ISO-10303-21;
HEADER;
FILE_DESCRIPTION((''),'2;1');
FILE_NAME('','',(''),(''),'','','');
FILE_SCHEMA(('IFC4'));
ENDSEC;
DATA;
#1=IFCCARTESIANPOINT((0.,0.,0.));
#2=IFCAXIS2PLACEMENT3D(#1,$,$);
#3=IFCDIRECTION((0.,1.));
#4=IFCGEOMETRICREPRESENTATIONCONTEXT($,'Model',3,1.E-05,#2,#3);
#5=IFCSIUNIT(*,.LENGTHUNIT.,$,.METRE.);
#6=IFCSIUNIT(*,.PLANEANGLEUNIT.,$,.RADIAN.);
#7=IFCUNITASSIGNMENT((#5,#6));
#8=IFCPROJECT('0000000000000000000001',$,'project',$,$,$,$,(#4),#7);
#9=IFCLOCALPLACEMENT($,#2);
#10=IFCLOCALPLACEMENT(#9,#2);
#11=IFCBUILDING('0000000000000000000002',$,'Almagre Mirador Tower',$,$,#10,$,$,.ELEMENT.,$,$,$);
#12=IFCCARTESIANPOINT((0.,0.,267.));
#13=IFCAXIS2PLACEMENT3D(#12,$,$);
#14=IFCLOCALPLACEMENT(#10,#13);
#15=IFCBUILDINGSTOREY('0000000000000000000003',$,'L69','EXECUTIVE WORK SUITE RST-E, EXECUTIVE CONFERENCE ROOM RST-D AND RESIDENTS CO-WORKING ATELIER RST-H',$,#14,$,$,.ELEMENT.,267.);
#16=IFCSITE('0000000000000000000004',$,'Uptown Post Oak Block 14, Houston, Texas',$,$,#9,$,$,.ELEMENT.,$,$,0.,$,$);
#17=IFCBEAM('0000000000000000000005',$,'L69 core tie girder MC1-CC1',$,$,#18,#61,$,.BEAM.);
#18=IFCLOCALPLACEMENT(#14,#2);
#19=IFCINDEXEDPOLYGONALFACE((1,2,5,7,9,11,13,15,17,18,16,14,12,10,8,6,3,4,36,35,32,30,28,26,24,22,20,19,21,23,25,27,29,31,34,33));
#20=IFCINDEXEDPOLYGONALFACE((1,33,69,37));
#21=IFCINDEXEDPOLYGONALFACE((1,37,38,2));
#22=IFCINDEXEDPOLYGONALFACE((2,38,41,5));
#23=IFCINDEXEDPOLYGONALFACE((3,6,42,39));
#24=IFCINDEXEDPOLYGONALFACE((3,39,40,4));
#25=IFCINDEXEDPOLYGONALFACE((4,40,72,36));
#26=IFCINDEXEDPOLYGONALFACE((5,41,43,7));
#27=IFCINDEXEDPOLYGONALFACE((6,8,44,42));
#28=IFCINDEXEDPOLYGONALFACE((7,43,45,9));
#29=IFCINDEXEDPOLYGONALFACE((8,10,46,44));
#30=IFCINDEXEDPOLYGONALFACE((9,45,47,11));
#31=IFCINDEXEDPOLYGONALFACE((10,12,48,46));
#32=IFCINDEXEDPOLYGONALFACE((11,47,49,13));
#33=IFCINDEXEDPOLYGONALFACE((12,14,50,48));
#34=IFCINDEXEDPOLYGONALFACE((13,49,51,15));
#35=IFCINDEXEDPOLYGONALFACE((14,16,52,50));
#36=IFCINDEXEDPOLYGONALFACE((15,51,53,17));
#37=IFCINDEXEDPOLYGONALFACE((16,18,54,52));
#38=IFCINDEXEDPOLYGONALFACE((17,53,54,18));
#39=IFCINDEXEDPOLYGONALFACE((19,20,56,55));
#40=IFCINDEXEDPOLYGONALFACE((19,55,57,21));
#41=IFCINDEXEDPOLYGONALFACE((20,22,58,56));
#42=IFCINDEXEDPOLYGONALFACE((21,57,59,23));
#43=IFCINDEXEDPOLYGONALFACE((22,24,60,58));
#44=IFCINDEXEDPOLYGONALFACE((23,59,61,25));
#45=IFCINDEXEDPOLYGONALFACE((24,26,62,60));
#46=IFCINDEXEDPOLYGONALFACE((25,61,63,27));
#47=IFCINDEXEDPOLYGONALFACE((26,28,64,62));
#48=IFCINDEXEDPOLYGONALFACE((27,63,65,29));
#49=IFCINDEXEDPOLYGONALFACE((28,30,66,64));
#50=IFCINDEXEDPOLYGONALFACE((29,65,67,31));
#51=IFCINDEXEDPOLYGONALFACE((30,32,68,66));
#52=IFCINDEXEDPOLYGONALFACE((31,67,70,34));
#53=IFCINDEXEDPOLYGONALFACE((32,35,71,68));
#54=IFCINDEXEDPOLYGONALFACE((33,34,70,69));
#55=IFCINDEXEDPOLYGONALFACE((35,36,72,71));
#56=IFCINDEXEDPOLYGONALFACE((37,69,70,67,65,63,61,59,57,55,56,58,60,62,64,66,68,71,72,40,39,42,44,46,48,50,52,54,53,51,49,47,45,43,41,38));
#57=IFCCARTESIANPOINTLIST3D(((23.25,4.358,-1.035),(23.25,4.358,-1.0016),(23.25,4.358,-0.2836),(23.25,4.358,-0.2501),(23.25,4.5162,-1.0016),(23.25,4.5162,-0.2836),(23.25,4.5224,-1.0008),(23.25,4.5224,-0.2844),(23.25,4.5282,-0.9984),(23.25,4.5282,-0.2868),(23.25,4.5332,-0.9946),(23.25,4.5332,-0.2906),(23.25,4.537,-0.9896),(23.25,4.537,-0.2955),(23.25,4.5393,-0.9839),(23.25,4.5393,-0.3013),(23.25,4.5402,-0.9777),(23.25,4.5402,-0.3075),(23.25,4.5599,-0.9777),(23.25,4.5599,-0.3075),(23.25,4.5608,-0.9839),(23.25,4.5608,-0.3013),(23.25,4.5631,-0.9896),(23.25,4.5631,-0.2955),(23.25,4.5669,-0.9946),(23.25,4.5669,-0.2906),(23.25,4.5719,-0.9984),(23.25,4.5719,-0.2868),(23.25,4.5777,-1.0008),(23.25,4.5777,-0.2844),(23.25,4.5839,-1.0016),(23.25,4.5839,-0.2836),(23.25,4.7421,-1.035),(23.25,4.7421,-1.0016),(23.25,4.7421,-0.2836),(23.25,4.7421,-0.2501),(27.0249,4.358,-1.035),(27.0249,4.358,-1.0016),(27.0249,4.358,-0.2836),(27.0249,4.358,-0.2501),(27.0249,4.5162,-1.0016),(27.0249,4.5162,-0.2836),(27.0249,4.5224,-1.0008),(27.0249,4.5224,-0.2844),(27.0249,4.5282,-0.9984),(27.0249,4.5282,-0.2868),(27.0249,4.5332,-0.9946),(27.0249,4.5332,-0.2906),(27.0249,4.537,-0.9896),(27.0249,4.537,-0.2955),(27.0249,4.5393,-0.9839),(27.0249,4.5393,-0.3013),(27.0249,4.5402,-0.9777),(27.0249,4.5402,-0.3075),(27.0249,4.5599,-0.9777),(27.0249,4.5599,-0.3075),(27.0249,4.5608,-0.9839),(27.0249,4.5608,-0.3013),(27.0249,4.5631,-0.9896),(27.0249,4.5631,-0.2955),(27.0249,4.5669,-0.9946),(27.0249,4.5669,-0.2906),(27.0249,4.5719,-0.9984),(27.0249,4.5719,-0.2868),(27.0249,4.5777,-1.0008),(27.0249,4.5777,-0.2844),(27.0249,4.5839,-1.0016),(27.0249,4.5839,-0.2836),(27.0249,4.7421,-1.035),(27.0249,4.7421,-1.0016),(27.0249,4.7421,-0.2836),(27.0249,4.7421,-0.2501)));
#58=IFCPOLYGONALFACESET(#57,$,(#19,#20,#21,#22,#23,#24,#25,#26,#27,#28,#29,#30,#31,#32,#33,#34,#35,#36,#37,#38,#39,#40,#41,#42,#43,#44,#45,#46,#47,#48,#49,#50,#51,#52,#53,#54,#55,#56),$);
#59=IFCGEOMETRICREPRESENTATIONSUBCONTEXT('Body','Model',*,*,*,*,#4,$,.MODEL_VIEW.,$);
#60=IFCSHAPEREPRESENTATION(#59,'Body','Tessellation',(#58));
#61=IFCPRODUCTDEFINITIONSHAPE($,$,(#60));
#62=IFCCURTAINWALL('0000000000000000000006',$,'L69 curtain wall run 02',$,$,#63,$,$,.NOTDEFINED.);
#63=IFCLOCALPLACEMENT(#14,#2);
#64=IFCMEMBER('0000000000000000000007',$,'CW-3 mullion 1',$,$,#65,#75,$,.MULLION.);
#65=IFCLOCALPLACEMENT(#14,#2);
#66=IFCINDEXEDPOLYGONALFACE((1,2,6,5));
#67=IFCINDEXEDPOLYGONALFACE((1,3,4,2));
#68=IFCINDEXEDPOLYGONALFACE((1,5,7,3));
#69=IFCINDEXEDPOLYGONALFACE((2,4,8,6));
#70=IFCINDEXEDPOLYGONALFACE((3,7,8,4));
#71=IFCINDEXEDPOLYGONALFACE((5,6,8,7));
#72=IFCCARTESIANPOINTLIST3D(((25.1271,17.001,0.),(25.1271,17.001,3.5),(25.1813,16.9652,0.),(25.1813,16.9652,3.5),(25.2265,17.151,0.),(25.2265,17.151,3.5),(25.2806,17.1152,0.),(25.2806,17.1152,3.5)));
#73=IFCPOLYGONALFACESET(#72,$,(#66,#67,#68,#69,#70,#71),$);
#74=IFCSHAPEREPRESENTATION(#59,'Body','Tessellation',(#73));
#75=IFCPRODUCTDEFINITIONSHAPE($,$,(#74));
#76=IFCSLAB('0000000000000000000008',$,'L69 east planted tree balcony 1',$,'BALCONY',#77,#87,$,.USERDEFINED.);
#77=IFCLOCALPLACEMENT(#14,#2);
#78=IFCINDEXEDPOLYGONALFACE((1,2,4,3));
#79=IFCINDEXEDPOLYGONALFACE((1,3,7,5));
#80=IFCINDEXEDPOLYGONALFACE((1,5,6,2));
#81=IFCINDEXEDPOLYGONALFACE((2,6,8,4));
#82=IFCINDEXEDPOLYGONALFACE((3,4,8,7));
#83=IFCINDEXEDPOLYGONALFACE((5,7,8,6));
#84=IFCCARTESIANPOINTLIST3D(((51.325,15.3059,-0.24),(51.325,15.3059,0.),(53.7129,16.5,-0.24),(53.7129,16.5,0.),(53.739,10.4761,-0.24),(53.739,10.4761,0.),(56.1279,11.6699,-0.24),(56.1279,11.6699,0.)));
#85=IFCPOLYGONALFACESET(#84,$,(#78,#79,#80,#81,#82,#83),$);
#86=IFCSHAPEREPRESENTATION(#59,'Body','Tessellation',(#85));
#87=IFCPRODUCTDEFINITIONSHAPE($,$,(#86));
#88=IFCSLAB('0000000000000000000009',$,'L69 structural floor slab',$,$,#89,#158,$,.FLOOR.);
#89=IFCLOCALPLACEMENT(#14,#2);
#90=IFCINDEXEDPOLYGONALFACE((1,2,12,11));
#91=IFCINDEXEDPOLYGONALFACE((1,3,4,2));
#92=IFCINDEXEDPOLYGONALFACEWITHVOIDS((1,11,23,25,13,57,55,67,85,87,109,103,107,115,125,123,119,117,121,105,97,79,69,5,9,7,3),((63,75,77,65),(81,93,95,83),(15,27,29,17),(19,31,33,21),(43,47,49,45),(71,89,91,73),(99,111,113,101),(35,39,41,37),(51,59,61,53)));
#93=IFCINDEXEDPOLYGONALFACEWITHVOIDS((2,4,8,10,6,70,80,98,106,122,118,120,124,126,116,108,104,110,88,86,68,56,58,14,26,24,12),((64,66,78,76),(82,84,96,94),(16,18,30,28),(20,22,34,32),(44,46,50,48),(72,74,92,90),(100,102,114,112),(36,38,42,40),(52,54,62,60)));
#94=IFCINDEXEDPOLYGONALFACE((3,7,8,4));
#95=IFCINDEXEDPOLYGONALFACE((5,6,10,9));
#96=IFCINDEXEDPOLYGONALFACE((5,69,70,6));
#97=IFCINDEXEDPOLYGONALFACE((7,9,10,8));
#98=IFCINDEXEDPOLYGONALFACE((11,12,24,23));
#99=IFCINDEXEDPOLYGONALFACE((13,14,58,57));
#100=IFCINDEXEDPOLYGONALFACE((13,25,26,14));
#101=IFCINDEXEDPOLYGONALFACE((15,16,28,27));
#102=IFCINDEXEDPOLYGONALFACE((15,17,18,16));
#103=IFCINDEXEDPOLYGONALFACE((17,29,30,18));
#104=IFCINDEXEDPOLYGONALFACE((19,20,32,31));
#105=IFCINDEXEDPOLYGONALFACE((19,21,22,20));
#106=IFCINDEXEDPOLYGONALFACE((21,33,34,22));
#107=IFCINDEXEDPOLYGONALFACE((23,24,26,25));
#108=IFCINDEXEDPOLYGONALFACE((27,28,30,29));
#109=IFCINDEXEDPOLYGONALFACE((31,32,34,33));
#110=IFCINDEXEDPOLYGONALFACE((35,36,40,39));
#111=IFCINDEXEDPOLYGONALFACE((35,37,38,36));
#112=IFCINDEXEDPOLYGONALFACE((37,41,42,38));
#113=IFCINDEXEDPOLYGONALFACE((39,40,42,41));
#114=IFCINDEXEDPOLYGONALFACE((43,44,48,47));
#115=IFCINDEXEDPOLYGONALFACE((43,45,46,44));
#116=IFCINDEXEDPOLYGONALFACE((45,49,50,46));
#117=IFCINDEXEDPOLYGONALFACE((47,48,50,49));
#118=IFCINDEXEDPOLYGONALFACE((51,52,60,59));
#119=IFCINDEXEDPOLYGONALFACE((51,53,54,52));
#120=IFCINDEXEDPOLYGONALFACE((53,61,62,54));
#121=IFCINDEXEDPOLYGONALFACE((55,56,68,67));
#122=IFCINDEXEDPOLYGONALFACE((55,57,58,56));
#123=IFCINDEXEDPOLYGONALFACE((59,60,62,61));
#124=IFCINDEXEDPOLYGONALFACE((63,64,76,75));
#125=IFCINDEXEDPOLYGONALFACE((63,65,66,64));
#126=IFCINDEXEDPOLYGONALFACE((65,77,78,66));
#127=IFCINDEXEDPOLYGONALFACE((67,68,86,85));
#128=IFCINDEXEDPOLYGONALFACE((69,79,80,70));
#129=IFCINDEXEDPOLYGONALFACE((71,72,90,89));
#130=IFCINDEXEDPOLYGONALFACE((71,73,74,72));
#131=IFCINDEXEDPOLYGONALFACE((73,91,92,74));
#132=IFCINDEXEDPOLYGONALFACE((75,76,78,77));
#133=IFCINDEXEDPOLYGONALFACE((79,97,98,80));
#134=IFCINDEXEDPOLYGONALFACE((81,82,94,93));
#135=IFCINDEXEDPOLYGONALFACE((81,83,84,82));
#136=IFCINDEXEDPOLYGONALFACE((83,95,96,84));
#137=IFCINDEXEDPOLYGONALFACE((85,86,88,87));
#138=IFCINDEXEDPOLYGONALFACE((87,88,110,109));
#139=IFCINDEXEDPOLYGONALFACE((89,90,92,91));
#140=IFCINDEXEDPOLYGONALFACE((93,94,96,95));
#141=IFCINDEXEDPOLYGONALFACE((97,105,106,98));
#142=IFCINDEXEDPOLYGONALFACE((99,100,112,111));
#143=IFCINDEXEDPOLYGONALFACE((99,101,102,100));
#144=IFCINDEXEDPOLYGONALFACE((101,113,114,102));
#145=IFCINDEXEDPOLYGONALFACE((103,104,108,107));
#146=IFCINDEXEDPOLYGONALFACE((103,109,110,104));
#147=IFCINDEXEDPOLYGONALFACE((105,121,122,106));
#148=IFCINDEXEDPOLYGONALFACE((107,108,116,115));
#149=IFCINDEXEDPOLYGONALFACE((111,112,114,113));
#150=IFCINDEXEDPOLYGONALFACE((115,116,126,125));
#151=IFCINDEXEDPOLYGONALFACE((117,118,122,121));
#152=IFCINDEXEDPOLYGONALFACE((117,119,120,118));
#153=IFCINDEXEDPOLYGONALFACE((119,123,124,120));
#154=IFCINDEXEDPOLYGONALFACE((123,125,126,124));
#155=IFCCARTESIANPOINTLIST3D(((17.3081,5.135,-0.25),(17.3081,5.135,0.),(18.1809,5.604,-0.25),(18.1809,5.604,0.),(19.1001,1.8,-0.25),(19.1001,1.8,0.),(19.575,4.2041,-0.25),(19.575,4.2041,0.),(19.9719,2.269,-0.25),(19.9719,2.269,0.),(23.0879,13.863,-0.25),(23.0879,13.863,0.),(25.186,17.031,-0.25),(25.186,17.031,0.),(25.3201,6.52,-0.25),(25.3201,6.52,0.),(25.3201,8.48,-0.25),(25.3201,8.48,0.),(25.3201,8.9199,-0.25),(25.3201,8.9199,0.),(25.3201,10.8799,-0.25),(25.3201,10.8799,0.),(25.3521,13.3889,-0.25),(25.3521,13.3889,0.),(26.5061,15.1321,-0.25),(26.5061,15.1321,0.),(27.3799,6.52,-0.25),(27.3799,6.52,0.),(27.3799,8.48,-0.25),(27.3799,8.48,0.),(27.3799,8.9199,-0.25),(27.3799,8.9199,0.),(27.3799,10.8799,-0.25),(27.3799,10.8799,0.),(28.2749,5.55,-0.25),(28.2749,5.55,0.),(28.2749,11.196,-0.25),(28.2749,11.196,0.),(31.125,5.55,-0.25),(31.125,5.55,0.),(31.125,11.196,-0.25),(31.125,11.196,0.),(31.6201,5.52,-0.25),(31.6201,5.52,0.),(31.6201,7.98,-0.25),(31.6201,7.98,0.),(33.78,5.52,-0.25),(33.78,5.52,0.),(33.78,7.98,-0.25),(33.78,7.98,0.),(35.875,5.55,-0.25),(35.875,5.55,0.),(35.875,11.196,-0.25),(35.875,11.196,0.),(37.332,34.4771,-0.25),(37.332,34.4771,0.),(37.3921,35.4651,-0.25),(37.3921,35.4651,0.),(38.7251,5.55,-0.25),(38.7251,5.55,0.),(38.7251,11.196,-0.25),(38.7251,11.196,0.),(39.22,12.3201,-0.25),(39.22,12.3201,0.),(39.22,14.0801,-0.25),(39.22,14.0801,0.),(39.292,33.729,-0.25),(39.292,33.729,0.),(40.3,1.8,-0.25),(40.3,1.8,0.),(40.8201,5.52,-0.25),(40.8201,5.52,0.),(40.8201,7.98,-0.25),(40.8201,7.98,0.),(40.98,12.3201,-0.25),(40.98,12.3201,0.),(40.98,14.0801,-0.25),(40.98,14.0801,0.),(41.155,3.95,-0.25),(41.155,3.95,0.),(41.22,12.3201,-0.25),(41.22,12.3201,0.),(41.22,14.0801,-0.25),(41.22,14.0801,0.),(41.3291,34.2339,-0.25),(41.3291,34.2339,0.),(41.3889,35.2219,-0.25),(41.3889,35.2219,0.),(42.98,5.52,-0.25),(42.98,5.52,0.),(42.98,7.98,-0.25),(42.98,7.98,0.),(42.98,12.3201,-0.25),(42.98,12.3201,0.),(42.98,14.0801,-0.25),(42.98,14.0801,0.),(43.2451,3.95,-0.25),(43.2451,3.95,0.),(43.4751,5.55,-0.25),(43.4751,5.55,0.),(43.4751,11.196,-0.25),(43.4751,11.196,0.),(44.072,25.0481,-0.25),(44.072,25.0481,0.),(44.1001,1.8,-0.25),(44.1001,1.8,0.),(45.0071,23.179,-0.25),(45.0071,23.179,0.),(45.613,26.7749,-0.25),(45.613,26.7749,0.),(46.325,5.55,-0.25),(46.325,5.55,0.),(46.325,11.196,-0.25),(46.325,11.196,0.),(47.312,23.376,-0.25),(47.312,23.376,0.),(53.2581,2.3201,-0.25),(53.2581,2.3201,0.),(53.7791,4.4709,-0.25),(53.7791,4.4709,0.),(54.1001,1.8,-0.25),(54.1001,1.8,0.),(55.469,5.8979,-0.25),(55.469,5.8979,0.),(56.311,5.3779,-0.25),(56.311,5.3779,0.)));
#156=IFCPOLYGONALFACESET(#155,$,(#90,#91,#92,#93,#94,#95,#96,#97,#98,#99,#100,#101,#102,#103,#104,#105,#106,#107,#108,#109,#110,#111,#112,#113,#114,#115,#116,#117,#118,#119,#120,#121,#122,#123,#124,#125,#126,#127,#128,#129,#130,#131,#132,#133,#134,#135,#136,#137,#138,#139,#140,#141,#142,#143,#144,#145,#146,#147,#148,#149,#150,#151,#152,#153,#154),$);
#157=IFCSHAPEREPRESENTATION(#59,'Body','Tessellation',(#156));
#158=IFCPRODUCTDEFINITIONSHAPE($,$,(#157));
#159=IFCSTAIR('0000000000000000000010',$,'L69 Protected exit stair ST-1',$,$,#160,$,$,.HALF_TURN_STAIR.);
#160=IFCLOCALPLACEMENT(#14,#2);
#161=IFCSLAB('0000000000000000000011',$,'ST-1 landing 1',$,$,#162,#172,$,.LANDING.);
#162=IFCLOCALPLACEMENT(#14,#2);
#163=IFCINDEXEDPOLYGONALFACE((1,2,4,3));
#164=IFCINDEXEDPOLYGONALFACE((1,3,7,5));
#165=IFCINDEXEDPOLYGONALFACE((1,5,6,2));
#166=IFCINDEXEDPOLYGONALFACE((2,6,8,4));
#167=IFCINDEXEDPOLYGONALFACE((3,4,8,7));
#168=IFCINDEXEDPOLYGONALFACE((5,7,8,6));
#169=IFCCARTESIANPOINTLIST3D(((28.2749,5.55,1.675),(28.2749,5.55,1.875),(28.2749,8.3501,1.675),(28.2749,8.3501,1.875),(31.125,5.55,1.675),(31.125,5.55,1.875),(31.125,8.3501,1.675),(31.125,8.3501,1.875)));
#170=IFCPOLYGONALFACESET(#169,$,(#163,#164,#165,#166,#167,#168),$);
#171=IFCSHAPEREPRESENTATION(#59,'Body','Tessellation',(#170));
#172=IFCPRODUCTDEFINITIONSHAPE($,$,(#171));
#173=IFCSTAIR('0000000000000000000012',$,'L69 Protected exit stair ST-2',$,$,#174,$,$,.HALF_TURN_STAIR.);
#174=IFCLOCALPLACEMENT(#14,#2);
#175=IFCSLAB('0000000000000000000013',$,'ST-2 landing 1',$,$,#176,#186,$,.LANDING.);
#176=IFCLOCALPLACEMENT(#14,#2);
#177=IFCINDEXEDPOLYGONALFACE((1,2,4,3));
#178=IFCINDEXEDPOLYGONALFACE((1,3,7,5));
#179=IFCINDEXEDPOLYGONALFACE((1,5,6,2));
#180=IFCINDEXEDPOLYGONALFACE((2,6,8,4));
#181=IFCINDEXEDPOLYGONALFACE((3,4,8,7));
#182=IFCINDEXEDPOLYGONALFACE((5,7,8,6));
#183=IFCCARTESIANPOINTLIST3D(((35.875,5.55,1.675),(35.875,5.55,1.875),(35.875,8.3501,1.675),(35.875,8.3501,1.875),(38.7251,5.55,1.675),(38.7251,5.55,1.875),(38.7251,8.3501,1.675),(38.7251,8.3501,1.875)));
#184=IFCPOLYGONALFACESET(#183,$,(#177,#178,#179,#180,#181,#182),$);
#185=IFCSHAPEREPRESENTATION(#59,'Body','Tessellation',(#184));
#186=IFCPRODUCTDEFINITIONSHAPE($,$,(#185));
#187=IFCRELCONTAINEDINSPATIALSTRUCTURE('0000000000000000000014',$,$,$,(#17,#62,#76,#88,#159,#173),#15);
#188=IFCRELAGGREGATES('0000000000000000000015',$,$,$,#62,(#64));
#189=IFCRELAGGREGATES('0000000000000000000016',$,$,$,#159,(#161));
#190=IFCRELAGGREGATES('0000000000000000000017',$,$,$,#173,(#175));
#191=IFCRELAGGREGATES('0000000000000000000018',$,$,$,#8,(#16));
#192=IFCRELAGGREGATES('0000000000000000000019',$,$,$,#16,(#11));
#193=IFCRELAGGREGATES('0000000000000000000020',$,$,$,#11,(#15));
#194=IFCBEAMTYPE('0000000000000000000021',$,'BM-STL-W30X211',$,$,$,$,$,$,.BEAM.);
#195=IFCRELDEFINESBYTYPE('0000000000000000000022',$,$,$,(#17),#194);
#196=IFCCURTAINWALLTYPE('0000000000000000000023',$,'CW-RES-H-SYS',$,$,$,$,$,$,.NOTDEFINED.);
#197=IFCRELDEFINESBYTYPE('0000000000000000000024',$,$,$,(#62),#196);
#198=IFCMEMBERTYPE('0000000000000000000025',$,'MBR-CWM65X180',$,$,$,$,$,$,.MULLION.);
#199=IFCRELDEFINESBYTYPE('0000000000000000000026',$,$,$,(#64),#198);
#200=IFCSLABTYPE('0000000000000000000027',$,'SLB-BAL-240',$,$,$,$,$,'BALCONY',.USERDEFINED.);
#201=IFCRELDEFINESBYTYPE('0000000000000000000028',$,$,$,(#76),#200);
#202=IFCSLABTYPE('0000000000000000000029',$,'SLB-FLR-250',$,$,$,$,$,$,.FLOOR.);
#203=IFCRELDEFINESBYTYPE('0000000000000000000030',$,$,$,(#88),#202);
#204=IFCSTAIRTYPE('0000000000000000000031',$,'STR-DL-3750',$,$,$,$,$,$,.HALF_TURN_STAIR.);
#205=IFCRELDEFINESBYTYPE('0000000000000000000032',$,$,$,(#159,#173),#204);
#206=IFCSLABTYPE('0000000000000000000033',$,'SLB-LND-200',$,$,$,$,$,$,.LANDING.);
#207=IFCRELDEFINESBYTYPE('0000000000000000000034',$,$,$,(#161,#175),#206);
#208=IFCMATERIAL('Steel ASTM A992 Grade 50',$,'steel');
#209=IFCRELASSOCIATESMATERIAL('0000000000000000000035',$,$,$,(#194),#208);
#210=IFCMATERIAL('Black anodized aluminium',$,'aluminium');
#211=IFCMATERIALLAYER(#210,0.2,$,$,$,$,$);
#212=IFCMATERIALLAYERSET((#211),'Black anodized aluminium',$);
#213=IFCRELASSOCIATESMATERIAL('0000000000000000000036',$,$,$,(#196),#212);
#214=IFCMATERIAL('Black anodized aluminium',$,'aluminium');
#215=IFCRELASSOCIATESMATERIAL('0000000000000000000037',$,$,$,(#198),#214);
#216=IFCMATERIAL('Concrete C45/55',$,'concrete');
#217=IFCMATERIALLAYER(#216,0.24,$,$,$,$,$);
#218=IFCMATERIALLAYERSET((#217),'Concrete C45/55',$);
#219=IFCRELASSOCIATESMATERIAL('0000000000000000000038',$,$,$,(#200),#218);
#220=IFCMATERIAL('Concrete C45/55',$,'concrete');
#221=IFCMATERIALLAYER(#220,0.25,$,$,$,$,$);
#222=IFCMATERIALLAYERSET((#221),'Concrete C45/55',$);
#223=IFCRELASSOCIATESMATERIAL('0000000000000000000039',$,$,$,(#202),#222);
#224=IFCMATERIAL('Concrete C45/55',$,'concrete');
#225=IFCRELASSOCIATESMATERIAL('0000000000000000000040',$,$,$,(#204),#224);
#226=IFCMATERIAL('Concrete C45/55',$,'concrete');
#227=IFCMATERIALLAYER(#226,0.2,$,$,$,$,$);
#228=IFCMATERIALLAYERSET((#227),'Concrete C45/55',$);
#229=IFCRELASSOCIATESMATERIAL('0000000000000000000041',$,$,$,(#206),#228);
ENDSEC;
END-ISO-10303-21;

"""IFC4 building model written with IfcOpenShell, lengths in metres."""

from ifc_helpers import new_model, si_unit, direction, frame, origin, origin_2d, place, context, subcontext, project, spatial, polyline, rectangle, i_section, outline, extrude, material, layer, layer_set, material_profile, profile_set, type_object, element, aggregate, save


model = new_model("IFC4")

# Units and contexts
model_context = context("Model", 3, precision=1e-05, world=origin(), true_north=direction((0.0, 1.0)))
body_context = subcontext(model_context, "Body", "Model", "MODEL_VIEW")
ifc_project = project(units=[si_unit("LENGTHUNIT", "METRE"), si_unit("PLANEANGLEUNIT", "RADIAN")], contexts=[model_context])

# Site, building, storey
site_placement = place(None, origin())
site = spatial("IfcSite", under=ifc_project, at=site_placement, Name="Uptown Post Oak Block 14, Houston, Texas", CompositionType="ELEMENT", RefElevation=0.0)
building_placement = place(site_placement, origin())
building = spatial("IfcBuilding", under=site, at=building_placement, Name="Almagre Mirador Tower", CompositionType="ELEMENT")
storey_placement = place(building_placement, frame((0.0, 0.0, 267.0)))
storey = spatial("IfcBuildingStorey", under=building, at=storey_placement, Name="L69", Description="EXECUTIVE WORK SUITE RST-E, EXECUTIVE CONFERENCE ROOM RST-D AND RESIDENTS CO-WORKING ATELIER RST-H", CompositionType="ELEMENT", Elevation=267.0)

# Beam
ifc_material_1 = material(Name="Steel ASTM A992 Grade 50", Category="steel")
ifc_material_profile_1 = material_profile(ifc_material_1, i_section(OverallWidth=0.384, OverallDepth=0.7849, WebThickness=0.0198, FlangeThickness=0.0334, FilletRadius=0.0239, at=origin_2d()), Name="W30X211")
ifc_profile_set_1 = profile_set([ifc_material_profile_1], Name="Steel ASTM A992 Grade 50")
beam_type_1 = type_object("IfcBeamType", Name="BM-STL-W30X211", PredefinedType="BEAM", material=ifc_profile_set_1)
beam_1_placement = place(storey_placement, frame((23.25, 4.55, -0.6426), z_axis=(1.0, 0.0, 0.0), x_axis=(0.0, 1.0, 0.0)))
element("IfcBeam", 1, at=beam_1_placement, inside=storey, type_object=beam_type_1, Name="L69 core tie girder MC1-CC1", PredefinedType="BEAM", context=body_context, shape_type="SweptSolid", body=[
    extrude(i_section(OverallWidth=0.384, OverallDepth=0.7849, WebThickness=0.0198, FlangeThickness=0.0334, FilletRadius=0.0239, at=origin_2d()), origin(), (0.0, 0.0, 1.0), 3.7749),
])

# Curtain wall, member
ifc_material_2 = material(Name="Black anodized aluminium", Category="aluminium")
ifc_layer_1 = layer(ifc_material_2, 0.2)
ifc_layer_set_1 = layer_set([ifc_layer_1], Name="Black anodized aluminium")
curtain_wall_type = type_object("IfcCurtainWallType", Name="CW-RES-H-SYS", PredefinedType="NOTDEFINED", material=ifc_layer_set_1)
curtain_wall_placement = place(storey_placement, origin())
curtain_wall = element("IfcCurtainWall", 2, at=curtain_wall_placement, inside=storey, type_object=curtain_wall_type, Name="L69 curtain wall run 02", PredefinedType="NOTDEFINED")
ifc_material_3 = material(Name="Black anodized aluminium", Category="aluminium")
ifc_material_profile_2 = material_profile(ifc_material_3, rectangle(XDim=0.0649, YDim=0.1799, at=origin_2d()), Name="CWM65X180")
ifc_profile_set_2 = profile_set([ifc_material_profile_2], Name="Black anodized aluminium")
member_type = type_object("IfcMemberType", Name="MBR-CWM65X180", PredefinedType="MULLION", material=ifc_profile_set_2)
member_placement = place(storey_placement, frame((25.2039, 17.0581, 0.0), z_axis=(0.0, 0.0, 1.0), x_axis=(-0.833785, 0.552089, 0.0)))
member = element("IfcMember", 3, at=member_placement, type_object=member_type, Name="CW-3 mullion 1", PredefinedType="MULLION", context=body_context, shape_type="SweptSolid", body=[
    extrude(rectangle(XDim=0.0649, YDim=0.1799, at=origin_2d()), origin(), (0.0, 0.0, 1.0), 3.5),
])
aggregate(curtain_wall, [member])

# Slabs
ifc_material_4 = material(Name="Concrete C45/55", Category="concrete")
ifc_layer_2 = layer(ifc_material_4, 0.24)
ifc_layer_set_2 = layer_set([ifc_layer_2], Name="Concrete C45/55")
slab_type_1 = type_object("IfcSlabType", Name="SLB-BAL-240", ElementType="BALCONY", PredefinedType="USERDEFINED", material=ifc_layer_set_2)
slab_1_placement = place(storey_placement, frame((0.0, 0.0, -0.24)))
element("IfcSlab", 4, at=slab_1_placement, inside=storey, type_object=slab_type_1, Name="L69 east planted tree balcony 1", ObjectType="BALCONY", PredefinedType="USERDEFINED", context=body_context, shape_type="SweptSolid", body=[
    extrude(outline(polyline([(53.739, 10.4761), (51.325, 15.3059), (53.7129, 16.5), (56.1279, 11.6699), (53.739, 10.4761)])), origin(), (0.0, 0.0, 1.0), 0.24),
])
ifc_material_5 = material(Name="Concrete C45/55", Category="concrete")
ifc_layer_3 = layer(ifc_material_5, 0.25)
ifc_layer_set_3 = layer_set([ifc_layer_3], Name="Concrete C45/55")
slab_type_2 = type_object("IfcSlabType", Name="SLB-FLR-250", PredefinedType="FLOOR", material=ifc_layer_set_3)
slab_2_placement = place(storey_placement, frame((0.0, 0.0, -0.25)))
element("IfcSlab", 5, at=slab_2_placement, inside=storey, type_object=slab_type_2, Name="L69 structural floor slab", PredefinedType="FLOOR", context=body_context, shape_type="SweptSolid", body=[
    extrude(outline(polyline([(17.3081, 5.135), (18.1809, 5.604), (19.575, 4.2041), (19.9719, 2.269), (19.1001, 1.8), (40.3, 1.8), (41.155, 3.95), (43.2451, 3.95), (44.1001, 1.8), (54.1001, 1.8), (53.2581, 2.3201), (53.7791, 4.4709), (55.469, 5.8979), (56.311, 5.3779), (47.312, 23.376), (45.0071, 23.179), (44.072, 25.0481), (45.613, 26.7749), (41.3889, 35.2219), (41.3291, 34.2339), (39.292, 33.729), (37.332, 34.4771), (37.3921, 35.4651), (25.186, 17.031), (26.5061, 15.1321), (25.3521, 13.3889), (23.0879, 13.863), (17.3081, 5.135)]), holes=[polyline([(43.4751, 5.55), (43.4751, 11.196), (46.325, 11.196), (46.325, 5.55), (43.4751, 5.55)]), polyline([(41.22, 12.3201), (41.22, 14.0801), (42.98, 14.0801), (42.98, 12.3201), (41.22, 12.3201)]), polyline([(42.98, 5.52), (40.8201, 5.52), (40.8201, 7.98), (42.98, 7.98), (42.98, 5.52)]), polyline([(39.22, 12.3201), (39.22, 14.0801), (40.98, 14.0801), (40.98, 12.3201), (39.22, 12.3201)]), polyline([(35.875, 5.55), (35.875, 11.196), (38.7251, 11.196), (38.7251, 5.55), (35.875, 5.55)]), polyline([(33.78, 5.52), (31.6201, 5.52), (31.6201, 7.98), (33.78, 7.98), (33.78, 5.52)]), polyline([(28.2749, 5.55), (28.2749, 11.196), (31.125, 11.196), (31.125, 5.55), (28.2749, 5.55)]), polyline([(27.3799, 6.52), (25.3201, 6.52), (25.3201, 8.48), (27.3799, 8.48), (27.3799, 6.52)]), polyline([(27.3799, 8.9199), (25.3201, 8.9199), (25.3201, 10.8799), (27.3799, 10.8799), (27.3799, 8.9199)])]), origin(), (0.0, 0.0, 1.0), 0.25),
])

# Stairs, slabs
ifc_material_6 = material(Name="Concrete C45/55", Category="concrete")
stair_type = type_object("IfcStairType", Name="STR-DL-3750", PredefinedType="HALF_TURN_STAIR", material=ifc_material_6)
stair_1_placement = place(storey_placement, origin())
stair_1 = element("IfcStair", 6, at=stair_1_placement, inside=storey, type_object=stair_type, Name="L69 Protected exit stair ST-1", PredefinedType="HALF_TURN_STAIR")
ifc_material_7 = material(Name="Concrete C45/55", Category="concrete")
ifc_layer_4 = layer(ifc_material_7, 0.2)
ifc_layer_set_4 = layer_set([ifc_layer_4], Name="Concrete C45/55")
slab_type_3 = type_object("IfcSlabType", Name="SLB-LND-200", PredefinedType="LANDING", material=ifc_layer_set_4)
slab_3_placement = place(storey_placement, frame((0.0, 0.0, 1.675)))
slab_3 = element("IfcSlab", 7, at=slab_3_placement, type_object=slab_type_3, Name="ST-1 landing 1", PredefinedType="LANDING", context=body_context, shape_type="SweptSolid", body=[
    extrude(outline(polyline([(28.2749, 8.3501), (28.2749, 5.55), (31.125, 5.55), (31.125, 8.3501), (28.2749, 8.3501)])), origin(), (0.0, 0.0, 1.0), 0.2),
])
aggregate(stair_1, [slab_3])
stair_2_placement = place(storey_placement, origin())
stair_2 = element("IfcStair", 8, at=stair_2_placement, inside=storey, type_object=stair_type, Name="L69 Protected exit stair ST-2", PredefinedType="HALF_TURN_STAIR")
slab_4_placement = place(storey_placement, frame((0.0, 0.0, 1.675)))
slab_4 = element("IfcSlab", 9, at=slab_4_placement, type_object=slab_type_3, Name="ST-2 landing 1", PredefinedType="LANDING", context=body_context, shape_type="SweptSolid", body=[
    extrude(outline(polyline([(35.875, 8.3501), (35.875, 5.55), (38.7251, 5.55), (38.7251, 8.3501), (35.875, 8.3501)])), origin(), (0.0, 0.0, 1.0), 0.2),
])
aggregate(stair_2, [slab_4])

save(model, "model.ifc")
